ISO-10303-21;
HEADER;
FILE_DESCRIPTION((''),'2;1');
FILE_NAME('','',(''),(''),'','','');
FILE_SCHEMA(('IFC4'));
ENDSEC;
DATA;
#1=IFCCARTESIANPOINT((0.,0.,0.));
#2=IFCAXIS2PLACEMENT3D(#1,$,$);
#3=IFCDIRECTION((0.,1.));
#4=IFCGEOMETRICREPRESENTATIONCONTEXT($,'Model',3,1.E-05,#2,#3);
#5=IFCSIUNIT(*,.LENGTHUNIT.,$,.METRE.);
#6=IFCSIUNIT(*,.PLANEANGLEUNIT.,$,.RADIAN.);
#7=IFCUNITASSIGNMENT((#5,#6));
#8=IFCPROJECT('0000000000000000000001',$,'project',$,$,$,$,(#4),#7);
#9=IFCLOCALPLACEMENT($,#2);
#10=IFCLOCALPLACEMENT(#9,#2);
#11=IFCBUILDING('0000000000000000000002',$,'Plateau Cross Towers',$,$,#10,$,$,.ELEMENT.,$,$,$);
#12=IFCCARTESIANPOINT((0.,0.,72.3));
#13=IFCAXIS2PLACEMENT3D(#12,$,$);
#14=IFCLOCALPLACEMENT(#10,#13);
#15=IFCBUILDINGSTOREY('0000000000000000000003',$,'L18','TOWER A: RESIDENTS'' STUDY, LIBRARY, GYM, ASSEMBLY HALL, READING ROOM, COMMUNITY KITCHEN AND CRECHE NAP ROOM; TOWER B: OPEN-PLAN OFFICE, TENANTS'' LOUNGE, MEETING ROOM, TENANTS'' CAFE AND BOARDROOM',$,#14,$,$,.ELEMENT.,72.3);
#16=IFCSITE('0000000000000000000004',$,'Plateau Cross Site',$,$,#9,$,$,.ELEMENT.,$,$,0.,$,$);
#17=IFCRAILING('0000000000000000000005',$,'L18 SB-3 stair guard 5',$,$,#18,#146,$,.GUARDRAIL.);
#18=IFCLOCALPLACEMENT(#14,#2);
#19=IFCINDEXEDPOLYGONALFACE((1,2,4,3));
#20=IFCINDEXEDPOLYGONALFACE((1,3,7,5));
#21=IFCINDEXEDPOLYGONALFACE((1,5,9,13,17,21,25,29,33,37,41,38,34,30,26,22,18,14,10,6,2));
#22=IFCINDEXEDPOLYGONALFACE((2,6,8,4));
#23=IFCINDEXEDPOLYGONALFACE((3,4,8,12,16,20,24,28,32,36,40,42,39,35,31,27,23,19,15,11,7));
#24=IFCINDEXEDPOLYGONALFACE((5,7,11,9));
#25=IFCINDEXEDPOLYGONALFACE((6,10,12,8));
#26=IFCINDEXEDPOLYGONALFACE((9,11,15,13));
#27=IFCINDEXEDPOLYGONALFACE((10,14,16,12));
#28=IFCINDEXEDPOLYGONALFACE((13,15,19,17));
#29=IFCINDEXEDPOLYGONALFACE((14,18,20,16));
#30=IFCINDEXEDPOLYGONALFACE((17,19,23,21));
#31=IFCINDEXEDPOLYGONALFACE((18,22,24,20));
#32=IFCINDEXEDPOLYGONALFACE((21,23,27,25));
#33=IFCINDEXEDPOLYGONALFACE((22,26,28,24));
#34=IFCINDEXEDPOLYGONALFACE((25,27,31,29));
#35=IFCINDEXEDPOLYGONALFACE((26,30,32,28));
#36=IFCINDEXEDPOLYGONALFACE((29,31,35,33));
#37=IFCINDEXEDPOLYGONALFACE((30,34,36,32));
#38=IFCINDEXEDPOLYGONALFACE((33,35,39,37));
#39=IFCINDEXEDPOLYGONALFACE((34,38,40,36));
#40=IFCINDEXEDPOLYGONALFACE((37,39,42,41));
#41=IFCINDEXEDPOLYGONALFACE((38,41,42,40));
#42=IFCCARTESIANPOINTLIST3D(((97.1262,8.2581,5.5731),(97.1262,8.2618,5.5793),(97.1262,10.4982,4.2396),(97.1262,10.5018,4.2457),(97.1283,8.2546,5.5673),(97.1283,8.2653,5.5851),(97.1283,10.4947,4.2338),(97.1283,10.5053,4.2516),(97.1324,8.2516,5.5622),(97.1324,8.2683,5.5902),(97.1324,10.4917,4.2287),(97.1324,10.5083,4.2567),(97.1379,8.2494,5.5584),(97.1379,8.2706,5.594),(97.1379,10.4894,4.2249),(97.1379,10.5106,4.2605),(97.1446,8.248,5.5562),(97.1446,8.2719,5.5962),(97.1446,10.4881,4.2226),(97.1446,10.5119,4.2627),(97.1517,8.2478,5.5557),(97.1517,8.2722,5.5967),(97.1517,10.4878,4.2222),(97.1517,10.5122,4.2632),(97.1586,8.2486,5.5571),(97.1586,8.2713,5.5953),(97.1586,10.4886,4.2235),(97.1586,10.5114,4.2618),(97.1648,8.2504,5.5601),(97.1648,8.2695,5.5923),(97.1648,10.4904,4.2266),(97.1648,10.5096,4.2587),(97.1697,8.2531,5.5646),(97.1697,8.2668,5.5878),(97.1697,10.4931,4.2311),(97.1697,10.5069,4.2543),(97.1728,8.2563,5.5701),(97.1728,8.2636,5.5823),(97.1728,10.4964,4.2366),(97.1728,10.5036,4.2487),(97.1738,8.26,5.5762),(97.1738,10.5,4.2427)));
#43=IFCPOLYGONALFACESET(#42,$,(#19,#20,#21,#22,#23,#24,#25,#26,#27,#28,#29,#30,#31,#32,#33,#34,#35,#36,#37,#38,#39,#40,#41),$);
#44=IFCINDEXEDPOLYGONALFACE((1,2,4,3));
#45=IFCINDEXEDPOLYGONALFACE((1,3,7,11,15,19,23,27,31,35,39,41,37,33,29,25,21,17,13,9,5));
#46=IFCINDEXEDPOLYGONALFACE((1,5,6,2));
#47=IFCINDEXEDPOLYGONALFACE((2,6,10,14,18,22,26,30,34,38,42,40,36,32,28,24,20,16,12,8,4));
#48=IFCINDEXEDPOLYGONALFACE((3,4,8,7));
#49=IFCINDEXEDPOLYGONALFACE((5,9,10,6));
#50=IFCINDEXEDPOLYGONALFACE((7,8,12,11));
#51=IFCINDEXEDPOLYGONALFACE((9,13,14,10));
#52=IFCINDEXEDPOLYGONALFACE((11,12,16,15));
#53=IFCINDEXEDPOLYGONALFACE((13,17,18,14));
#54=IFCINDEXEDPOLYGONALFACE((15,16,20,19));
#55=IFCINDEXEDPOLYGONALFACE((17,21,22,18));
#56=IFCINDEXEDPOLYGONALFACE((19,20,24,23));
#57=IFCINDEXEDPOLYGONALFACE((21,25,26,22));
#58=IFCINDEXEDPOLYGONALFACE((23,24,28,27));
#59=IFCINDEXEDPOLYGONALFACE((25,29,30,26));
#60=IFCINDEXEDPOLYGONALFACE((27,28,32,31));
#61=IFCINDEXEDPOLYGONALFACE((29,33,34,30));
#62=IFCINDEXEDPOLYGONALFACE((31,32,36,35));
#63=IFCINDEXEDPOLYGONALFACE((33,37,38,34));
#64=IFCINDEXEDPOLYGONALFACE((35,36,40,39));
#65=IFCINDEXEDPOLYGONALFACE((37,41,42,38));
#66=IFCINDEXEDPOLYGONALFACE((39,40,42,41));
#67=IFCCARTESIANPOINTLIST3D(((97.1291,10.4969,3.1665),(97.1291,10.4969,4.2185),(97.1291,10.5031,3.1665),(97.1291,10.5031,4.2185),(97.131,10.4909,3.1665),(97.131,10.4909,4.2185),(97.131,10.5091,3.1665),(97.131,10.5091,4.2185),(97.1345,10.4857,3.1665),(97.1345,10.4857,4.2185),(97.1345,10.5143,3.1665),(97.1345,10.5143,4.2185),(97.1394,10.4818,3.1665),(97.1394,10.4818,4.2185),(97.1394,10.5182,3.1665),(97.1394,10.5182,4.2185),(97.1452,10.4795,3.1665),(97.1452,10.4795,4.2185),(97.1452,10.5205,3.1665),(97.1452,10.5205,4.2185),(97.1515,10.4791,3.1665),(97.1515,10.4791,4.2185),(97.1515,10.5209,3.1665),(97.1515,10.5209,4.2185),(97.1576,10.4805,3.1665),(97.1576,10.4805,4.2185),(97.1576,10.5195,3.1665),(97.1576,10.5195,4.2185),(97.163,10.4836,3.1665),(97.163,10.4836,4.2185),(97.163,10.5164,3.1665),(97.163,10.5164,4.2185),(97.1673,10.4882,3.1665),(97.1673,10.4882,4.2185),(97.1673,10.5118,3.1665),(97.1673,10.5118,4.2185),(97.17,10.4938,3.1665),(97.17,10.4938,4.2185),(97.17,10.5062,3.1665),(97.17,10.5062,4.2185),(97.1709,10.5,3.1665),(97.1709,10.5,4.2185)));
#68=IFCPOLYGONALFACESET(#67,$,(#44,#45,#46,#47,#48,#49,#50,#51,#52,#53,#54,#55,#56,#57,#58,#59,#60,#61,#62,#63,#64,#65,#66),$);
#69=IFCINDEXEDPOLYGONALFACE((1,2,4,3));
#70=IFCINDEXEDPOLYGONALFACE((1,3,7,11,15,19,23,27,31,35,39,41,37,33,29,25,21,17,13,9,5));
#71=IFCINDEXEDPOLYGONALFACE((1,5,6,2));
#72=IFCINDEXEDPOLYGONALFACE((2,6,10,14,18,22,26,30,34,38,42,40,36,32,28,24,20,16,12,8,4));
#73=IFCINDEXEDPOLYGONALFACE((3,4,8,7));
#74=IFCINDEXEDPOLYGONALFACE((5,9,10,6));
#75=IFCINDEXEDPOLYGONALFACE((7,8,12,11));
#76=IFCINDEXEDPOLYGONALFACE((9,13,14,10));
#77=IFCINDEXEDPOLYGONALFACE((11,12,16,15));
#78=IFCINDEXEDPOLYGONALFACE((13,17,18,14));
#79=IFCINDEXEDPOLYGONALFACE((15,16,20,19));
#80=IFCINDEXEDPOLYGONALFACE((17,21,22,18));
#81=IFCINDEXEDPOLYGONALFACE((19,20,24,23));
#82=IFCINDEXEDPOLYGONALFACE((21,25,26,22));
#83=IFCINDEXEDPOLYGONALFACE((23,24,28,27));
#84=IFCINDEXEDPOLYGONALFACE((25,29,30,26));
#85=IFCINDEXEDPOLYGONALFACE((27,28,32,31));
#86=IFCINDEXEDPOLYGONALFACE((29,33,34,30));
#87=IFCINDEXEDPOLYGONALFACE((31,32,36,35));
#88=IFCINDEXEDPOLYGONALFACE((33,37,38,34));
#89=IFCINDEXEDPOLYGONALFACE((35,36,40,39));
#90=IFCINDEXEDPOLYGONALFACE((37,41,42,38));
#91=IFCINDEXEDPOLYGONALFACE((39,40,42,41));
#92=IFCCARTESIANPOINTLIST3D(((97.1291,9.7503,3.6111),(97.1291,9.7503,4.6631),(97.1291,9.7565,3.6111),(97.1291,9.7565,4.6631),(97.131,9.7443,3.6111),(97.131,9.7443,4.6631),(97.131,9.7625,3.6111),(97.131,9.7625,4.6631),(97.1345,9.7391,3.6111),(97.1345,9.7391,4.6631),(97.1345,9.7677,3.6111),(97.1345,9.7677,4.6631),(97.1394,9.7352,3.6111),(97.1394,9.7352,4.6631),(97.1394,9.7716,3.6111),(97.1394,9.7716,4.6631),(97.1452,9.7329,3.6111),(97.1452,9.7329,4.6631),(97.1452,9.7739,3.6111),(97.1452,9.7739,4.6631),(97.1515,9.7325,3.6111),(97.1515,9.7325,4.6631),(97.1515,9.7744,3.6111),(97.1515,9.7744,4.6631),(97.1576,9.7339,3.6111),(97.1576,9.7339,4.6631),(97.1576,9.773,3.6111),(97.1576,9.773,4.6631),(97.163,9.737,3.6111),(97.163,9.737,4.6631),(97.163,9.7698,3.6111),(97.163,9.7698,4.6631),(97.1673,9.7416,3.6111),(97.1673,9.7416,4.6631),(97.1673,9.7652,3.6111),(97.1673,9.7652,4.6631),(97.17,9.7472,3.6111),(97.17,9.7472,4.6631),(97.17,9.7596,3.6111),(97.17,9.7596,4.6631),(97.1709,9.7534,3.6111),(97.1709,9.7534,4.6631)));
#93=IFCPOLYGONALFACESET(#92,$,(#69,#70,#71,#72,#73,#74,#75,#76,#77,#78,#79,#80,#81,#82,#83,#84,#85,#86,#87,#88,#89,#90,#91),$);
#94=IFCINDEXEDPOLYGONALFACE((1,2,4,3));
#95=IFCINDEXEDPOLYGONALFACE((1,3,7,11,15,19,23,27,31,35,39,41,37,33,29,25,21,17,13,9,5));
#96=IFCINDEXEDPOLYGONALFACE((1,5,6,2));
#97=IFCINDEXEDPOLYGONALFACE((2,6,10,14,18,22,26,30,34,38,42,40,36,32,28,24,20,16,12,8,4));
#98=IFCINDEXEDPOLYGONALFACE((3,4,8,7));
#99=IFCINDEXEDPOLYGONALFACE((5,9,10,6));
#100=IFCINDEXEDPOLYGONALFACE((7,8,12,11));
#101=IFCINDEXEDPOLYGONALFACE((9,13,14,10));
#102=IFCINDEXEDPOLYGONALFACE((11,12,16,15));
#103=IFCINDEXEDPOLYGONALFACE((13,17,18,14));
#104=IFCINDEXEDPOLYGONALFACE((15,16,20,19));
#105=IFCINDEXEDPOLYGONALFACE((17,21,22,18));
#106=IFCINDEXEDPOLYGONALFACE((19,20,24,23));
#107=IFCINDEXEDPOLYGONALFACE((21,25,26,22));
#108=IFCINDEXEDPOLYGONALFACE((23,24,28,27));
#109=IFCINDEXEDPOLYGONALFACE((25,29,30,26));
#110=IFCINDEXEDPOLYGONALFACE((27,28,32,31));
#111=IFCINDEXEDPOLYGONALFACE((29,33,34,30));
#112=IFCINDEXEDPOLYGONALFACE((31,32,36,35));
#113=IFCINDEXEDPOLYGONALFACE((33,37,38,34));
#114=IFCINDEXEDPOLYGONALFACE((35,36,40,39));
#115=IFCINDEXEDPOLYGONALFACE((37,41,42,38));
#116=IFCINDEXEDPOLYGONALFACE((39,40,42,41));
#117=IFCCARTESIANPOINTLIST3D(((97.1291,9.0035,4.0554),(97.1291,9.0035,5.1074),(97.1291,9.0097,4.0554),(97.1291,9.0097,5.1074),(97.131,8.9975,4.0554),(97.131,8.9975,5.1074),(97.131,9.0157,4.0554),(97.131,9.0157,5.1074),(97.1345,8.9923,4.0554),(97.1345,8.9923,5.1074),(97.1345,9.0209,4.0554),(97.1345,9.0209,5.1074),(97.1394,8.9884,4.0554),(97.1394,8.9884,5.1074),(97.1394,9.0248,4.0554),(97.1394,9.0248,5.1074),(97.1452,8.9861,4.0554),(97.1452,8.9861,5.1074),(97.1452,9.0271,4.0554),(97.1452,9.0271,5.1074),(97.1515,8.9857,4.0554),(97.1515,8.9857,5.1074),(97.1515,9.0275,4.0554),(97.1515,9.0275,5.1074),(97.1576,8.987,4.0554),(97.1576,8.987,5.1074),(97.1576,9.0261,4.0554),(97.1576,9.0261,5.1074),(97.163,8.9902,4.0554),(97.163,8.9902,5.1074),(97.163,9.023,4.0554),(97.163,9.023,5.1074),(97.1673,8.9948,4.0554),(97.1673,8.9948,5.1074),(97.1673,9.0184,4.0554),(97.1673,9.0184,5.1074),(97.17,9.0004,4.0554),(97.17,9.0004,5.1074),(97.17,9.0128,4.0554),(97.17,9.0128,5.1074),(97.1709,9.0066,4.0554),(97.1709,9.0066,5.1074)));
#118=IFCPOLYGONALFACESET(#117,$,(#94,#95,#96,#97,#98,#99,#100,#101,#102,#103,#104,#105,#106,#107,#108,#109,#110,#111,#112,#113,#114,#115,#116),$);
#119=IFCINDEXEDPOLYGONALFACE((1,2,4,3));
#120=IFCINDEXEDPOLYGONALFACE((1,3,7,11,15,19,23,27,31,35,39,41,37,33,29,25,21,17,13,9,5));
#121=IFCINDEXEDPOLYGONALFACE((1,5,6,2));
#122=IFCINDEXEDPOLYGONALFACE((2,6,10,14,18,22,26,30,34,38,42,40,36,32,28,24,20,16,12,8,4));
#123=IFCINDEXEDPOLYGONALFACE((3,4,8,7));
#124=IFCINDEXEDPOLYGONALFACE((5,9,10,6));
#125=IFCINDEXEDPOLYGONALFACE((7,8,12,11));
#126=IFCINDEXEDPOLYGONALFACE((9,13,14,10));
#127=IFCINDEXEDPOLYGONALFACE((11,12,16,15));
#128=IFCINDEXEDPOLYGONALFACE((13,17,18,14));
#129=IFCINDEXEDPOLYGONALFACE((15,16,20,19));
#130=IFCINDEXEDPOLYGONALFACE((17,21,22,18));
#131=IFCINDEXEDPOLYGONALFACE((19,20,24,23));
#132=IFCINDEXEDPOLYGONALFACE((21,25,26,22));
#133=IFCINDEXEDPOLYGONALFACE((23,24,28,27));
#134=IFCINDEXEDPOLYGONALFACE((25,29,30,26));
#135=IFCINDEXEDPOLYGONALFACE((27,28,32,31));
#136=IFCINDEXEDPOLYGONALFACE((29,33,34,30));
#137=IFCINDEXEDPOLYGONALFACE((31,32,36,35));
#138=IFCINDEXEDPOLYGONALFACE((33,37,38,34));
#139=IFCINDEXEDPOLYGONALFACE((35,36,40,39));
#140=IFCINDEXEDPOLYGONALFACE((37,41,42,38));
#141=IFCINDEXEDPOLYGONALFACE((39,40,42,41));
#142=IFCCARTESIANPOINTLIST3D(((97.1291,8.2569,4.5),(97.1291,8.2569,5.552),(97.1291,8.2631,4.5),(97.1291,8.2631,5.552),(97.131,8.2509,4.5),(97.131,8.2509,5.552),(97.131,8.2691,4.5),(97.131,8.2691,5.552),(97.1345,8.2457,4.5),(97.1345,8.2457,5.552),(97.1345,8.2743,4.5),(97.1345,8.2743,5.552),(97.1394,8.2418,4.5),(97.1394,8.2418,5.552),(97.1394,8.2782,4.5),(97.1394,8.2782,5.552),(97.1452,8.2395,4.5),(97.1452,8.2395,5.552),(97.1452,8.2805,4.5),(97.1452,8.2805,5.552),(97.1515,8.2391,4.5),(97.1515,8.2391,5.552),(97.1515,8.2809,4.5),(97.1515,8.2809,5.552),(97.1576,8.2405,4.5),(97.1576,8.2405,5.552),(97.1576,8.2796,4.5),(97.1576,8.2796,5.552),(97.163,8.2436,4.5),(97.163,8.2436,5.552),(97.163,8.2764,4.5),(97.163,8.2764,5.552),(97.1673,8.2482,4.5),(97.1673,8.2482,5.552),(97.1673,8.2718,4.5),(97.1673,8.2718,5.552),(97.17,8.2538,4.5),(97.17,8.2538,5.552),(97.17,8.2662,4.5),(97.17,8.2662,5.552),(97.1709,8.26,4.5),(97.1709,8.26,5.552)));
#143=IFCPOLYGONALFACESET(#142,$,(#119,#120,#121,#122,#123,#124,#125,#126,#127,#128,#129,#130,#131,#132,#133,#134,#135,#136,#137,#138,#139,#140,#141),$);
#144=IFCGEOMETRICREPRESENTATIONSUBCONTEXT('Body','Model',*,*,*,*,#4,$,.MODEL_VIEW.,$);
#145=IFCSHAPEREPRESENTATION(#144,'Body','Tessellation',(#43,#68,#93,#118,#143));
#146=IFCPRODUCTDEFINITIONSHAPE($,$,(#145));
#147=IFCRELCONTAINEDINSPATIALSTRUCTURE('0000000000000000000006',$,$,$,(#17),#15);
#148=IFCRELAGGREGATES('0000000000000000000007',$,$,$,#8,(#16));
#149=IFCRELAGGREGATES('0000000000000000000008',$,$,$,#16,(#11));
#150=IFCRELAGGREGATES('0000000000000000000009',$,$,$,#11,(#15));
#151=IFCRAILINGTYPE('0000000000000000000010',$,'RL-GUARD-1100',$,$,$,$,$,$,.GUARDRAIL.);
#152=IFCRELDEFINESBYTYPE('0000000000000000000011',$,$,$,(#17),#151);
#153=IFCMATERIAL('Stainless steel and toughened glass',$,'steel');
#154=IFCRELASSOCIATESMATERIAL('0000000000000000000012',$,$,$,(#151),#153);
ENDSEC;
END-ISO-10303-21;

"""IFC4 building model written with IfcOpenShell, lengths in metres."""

from ifc_helpers import new_model, si_unit, direction, frame, origin, origin_2d, place, context, subcontext, project, spatial, circle, extrude, material, type_object, element, save


model = new_model("IFC4")

# Units and contexts
model_context = context("Model", 3, precision=1e-05, world=origin(), true_north=direction((0.0, 1.0)))
body_context = subcontext(model_context, "Body", "Model", "MODEL_VIEW")
ifc_project = project(units=[si_unit("LENGTHUNIT", "METRE"), si_unit("PLANEANGLEUNIT", "RADIAN")], contexts=[model_context])

# Site, building, storey
site_placement = place(None, origin())
site = spatial("IfcSite", under=ifc_project, at=site_placement, Name="Plateau Cross Site", CompositionType="ELEMENT", RefElevation=0.0)
building_placement = place(site_placement, origin())
building = spatial("IfcBuilding", under=site, at=building_placement, Name="Plateau Cross Towers", CompositionType="ELEMENT")
storey_placement = place(building_placement, frame((0.0, 0.0, 72.3)))
storey = spatial("IfcBuildingStorey", under=building, at=storey_placement, Name="L18", Description="TOWER A: RESIDENTS' STUDY, LIBRARY, GYM, ASSEMBLY HALL, READING ROOM, COMMUNITY KITCHEN AND CRECHE NAP ROOM; TOWER B: OPEN-PLAN OFFICE, TENANTS' LOUNGE, MEETING ROOM, TENANTS' CAFE AND BOARDROOM", CompositionType="ELEMENT", Elevation=72.3)

# Railing
ifc_material_1 = material(Name="Stainless steel and toughened glass", Category="steel")
railing_type_1 = type_object("IfcRailingType", Name="RL-GUARD-1100", PredefinedType="GUARDRAIL", material=ifc_material_1)
railing_1_placement = place(storey_placement, frame((97.1499, 10.5, 3.1665)))
element("IfcRailing", 1, at=railing_1_placement, inside=storey, type_object=railing_type_1, Name="L18 SB-3 stair guard 5", PredefinedType="GUARDRAIL", context=body_context, shape_type="SweptSolid", body=[
    extrude(circle(Radius=0.0239, at=origin_2d()), frame((0.0, 0.0, 1.0762), z_axis=(0.0, -0.859264, 0.511532), x_axis=(1.0, 0.0, 0.0)), (0.0, 0.0, 1.0), 2.6069),
    extrude(circle(Radius=0.021, at=origin_2d()), origin(), (0.0, 0.0, 1.0), 1.052),
    extrude(circle(Radius=0.021, at=origin_2d()), frame((0.0, -0.7466, 0.4446)), (0.0, 0.0, 1.0), 1.052),
    extrude(circle(Radius=0.021, at=origin_2d()), frame((0.0, -1.4934, 0.8889)), (0.0, 0.0, 1.0), 1.052),
    extrude(circle(Radius=0.021, at=origin_2d()), frame((0.0, -2.24, 1.3335)), (0.0, 0.0, 1.0), 1.052),
])

save(model, "model.ifc")
